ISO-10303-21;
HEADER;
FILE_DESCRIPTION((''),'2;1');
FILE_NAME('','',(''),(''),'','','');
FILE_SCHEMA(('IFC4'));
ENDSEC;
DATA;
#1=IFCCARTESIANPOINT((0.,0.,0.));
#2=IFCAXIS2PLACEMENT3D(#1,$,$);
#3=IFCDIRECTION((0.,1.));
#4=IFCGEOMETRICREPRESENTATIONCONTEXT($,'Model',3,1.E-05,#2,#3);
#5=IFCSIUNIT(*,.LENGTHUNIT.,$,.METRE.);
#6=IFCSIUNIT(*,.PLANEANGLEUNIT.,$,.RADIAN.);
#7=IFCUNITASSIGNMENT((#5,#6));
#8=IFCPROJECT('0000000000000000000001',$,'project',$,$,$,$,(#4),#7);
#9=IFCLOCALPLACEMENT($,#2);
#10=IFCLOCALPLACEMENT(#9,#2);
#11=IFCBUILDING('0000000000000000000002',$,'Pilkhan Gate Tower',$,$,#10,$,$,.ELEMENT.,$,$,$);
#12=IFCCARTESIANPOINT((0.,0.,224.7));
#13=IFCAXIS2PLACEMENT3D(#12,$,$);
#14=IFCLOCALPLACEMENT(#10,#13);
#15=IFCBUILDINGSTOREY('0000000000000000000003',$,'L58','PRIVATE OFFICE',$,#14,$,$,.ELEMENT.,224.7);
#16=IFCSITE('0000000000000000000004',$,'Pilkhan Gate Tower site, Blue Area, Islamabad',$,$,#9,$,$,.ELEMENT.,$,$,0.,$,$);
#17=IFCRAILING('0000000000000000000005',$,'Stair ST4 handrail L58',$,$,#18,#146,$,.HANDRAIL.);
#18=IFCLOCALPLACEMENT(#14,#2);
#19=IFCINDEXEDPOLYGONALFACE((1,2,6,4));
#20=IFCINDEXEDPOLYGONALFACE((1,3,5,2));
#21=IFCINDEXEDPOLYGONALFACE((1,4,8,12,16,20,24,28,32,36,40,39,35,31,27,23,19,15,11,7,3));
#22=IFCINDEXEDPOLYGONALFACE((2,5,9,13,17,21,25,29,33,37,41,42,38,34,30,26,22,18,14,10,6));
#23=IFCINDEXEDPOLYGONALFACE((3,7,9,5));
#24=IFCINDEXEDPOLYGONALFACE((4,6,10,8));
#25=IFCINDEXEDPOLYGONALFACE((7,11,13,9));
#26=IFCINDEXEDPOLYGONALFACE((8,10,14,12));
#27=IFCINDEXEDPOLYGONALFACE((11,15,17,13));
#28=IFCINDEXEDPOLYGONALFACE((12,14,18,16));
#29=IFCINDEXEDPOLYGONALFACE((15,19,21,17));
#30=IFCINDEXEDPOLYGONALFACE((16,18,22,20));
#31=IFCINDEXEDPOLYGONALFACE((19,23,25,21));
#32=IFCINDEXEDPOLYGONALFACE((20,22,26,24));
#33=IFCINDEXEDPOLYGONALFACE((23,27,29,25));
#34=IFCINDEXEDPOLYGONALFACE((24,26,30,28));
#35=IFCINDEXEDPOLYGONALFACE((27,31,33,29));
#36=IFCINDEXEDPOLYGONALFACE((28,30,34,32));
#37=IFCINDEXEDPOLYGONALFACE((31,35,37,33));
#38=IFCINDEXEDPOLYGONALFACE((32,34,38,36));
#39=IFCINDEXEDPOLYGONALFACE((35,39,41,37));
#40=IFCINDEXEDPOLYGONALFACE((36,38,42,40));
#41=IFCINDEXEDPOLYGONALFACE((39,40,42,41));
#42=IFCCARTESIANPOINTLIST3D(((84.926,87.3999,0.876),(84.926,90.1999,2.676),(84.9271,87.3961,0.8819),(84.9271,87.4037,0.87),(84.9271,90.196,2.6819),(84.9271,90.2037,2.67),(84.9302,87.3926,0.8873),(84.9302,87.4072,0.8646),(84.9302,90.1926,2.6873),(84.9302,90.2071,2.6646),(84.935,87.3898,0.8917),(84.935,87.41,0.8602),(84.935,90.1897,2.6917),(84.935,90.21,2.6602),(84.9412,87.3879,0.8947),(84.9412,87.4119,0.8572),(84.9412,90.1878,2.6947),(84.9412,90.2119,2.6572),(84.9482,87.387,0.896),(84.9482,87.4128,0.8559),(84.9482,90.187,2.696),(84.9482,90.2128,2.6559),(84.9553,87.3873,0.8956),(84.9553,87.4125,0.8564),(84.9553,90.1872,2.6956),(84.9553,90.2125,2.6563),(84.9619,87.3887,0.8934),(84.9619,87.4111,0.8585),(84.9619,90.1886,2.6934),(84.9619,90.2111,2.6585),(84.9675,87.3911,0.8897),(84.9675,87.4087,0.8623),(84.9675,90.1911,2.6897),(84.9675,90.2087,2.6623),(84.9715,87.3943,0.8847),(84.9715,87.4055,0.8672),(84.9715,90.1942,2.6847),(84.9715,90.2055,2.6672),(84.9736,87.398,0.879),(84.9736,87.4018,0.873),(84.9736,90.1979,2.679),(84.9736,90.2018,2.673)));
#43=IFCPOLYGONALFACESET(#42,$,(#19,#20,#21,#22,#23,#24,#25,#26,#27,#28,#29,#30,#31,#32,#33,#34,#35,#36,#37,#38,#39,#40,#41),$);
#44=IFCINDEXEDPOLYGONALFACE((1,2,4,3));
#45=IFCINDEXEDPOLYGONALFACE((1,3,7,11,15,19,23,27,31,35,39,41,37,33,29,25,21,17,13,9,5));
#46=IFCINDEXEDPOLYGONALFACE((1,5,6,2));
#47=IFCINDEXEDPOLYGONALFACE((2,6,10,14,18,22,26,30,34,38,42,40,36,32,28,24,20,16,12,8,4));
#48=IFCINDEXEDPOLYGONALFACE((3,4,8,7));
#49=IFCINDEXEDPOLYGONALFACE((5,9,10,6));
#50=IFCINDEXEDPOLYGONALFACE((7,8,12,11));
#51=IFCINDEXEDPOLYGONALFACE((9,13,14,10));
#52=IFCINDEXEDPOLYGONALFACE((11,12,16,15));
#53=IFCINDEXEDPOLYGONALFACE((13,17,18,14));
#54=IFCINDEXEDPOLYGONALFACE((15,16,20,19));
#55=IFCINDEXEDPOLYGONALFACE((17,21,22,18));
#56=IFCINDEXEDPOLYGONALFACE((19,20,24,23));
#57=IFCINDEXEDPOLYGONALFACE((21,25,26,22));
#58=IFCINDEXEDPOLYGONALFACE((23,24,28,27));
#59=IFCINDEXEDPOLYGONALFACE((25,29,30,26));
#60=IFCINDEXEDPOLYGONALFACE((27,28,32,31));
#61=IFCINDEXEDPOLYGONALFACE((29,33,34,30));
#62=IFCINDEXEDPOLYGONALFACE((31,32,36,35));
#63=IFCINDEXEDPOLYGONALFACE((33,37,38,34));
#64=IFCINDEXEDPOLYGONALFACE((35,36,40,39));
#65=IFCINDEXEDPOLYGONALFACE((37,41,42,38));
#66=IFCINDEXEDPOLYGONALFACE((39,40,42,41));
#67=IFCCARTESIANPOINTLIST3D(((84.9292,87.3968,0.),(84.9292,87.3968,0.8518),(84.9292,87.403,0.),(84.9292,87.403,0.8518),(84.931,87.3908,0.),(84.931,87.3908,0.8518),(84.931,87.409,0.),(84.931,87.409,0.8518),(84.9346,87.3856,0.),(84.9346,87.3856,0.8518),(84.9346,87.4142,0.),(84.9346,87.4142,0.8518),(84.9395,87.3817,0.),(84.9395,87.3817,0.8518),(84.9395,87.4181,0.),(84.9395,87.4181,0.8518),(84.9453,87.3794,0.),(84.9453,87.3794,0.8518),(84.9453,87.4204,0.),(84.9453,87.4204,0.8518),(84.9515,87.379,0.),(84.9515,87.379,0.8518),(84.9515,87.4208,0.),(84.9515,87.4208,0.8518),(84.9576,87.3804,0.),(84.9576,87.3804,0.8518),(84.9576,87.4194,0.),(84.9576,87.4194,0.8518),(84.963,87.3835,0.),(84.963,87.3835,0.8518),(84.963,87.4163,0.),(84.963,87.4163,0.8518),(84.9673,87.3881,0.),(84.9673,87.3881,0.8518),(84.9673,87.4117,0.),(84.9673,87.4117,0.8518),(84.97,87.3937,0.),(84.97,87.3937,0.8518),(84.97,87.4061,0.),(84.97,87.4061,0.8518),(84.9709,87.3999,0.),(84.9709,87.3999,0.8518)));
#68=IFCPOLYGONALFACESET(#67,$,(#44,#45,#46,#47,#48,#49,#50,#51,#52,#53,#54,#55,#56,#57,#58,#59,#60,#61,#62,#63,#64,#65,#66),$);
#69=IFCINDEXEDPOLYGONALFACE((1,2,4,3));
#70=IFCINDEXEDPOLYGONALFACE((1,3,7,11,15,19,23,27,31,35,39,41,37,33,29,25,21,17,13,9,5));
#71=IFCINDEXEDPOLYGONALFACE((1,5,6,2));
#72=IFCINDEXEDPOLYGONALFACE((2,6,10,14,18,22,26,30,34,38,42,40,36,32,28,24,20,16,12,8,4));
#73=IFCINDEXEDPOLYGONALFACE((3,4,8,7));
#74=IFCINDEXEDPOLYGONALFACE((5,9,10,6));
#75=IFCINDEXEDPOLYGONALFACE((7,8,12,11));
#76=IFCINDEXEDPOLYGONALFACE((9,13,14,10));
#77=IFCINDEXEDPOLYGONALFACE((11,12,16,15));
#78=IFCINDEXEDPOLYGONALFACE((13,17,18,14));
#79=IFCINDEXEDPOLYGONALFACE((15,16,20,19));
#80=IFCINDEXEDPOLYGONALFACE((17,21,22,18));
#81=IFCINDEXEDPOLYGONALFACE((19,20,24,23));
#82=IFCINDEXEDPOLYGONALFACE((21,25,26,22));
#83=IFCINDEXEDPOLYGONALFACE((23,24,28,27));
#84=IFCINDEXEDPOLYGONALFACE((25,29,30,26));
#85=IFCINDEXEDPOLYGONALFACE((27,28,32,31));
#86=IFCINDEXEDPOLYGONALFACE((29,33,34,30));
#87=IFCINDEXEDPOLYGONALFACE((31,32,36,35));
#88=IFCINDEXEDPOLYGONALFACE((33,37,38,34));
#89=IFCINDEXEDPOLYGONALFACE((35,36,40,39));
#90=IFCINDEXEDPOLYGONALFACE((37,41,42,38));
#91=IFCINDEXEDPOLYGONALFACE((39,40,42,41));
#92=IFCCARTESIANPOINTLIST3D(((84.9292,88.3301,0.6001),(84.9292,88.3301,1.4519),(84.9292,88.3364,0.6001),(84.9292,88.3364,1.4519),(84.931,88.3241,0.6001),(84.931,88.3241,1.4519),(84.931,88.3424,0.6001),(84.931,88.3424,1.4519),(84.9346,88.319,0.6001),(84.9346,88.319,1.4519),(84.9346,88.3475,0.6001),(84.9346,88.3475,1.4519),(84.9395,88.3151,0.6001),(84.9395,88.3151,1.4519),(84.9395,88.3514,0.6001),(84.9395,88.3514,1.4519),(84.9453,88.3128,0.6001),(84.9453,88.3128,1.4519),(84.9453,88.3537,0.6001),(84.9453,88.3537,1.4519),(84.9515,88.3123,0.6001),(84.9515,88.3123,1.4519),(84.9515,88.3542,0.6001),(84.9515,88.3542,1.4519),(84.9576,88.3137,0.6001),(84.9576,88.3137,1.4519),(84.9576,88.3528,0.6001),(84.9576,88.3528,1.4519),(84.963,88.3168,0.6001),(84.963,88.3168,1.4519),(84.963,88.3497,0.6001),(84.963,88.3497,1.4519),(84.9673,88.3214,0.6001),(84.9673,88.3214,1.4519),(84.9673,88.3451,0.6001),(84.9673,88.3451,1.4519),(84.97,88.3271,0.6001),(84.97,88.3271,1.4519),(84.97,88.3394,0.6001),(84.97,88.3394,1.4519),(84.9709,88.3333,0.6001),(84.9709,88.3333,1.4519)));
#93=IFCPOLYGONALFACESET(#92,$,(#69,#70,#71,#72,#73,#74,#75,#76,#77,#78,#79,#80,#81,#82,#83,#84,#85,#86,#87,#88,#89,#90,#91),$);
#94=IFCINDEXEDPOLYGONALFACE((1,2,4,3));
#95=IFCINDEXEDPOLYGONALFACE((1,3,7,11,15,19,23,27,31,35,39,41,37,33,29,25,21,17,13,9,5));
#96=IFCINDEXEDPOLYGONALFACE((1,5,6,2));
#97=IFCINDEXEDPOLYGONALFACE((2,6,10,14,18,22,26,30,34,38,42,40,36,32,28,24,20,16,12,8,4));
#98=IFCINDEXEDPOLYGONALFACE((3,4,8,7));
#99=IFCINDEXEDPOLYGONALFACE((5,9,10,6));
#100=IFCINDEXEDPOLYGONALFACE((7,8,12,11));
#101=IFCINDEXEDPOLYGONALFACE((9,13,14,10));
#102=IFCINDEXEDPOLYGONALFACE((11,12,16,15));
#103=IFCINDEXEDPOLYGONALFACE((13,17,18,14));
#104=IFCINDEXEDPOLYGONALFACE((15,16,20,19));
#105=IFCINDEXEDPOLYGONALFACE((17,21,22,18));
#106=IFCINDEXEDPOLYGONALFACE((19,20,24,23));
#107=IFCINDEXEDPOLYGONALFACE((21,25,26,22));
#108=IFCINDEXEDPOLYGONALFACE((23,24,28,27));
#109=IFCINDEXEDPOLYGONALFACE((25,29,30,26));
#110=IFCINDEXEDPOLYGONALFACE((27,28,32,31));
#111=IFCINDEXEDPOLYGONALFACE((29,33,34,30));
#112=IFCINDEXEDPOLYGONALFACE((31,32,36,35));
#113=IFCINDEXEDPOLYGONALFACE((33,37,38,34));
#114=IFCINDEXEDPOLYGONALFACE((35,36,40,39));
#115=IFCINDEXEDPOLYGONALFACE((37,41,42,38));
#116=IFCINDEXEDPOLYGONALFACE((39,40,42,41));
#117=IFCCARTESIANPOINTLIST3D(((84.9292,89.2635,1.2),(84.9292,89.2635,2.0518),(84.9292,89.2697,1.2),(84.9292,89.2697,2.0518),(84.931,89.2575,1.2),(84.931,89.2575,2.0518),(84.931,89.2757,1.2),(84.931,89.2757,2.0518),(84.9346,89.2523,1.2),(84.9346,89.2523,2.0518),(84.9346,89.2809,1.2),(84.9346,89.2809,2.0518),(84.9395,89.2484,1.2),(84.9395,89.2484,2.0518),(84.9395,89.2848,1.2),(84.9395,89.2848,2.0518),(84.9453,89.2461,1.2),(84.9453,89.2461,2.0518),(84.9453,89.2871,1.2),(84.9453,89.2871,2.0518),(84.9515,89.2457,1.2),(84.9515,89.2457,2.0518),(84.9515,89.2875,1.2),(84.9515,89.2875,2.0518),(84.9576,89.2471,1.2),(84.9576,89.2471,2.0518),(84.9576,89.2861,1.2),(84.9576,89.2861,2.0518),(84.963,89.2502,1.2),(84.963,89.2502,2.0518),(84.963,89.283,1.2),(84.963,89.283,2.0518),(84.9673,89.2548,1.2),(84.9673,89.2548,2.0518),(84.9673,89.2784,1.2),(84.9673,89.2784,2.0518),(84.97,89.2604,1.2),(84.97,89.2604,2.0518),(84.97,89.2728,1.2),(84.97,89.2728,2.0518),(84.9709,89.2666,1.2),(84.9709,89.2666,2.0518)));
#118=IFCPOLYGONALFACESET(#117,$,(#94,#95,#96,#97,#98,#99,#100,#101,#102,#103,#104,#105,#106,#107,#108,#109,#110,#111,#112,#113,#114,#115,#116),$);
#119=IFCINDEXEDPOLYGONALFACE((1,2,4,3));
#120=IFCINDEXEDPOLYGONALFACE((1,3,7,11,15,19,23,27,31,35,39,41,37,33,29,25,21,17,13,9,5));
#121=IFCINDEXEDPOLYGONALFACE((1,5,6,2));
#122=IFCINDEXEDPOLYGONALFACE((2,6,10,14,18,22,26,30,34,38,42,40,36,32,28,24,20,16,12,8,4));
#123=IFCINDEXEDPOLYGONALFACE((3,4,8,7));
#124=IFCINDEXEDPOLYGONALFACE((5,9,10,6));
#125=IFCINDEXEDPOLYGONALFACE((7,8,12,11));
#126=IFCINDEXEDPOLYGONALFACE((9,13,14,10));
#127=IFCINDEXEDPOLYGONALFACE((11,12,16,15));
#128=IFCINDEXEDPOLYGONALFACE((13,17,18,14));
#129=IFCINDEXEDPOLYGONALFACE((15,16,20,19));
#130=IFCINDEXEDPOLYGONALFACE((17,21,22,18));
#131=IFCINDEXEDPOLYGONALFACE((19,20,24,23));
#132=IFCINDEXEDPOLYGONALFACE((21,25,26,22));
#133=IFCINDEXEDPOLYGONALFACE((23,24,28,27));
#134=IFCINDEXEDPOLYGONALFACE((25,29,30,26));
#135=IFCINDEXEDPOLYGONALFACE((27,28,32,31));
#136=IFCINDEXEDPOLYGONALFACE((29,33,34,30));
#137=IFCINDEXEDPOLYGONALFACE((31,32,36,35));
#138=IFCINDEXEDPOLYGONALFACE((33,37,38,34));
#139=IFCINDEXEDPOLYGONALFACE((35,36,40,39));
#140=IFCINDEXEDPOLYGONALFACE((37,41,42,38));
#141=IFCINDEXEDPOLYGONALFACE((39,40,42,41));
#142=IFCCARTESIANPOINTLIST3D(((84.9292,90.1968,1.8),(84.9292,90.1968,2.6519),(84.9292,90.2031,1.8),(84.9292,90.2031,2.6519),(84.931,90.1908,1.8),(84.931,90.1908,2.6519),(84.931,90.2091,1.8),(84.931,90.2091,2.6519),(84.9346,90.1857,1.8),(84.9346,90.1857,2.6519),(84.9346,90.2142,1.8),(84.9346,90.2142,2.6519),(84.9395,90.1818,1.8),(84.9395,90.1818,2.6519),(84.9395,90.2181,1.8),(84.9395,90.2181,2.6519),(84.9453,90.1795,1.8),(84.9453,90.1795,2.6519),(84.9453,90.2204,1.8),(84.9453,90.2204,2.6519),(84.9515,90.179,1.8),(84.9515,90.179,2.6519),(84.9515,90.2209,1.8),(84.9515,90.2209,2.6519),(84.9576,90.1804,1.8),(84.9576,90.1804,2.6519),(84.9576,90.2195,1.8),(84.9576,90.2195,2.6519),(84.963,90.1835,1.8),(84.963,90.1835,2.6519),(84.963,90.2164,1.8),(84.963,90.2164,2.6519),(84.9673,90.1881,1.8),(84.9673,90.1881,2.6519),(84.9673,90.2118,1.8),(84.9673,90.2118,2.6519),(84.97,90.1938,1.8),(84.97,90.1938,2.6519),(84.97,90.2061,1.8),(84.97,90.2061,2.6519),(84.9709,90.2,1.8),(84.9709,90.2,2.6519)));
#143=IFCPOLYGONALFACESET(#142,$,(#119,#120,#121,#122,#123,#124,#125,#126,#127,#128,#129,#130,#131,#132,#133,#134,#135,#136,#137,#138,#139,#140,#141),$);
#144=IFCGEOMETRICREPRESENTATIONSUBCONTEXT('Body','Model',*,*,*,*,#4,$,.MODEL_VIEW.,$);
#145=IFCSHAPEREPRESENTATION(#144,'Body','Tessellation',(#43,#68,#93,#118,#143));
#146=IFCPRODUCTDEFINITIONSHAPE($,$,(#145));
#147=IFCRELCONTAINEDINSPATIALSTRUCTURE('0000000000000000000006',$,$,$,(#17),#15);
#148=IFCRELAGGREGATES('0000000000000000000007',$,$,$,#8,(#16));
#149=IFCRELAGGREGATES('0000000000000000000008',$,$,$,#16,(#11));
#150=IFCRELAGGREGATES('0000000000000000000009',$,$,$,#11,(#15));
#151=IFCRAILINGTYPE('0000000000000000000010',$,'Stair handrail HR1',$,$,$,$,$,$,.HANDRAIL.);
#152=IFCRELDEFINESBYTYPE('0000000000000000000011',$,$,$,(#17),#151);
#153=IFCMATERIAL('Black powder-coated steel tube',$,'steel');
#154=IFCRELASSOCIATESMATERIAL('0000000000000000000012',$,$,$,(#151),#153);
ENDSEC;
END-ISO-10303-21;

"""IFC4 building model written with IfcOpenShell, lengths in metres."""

from ifc_helpers import new_model, si_unit, direction, frame, origin, origin_2d, place, context, subcontext, project, spatial, circle, extrude, material, type_object, element, save


model = new_model("IFC4")

# Units and contexts
model_context = context("Model", 3, precision=1e-05, world=origin(), true_north=direction((0.0, 1.0)))
body_context = subcontext(model_context, "Body", "Model", "MODEL_VIEW")
ifc_project = project(units=[si_unit("LENGTHUNIT", "METRE"), si_unit("PLANEANGLEUNIT", "RADIAN")], contexts=[model_context])

# Site, building, storey
site_placement = place(None, origin())
site = spatial("IfcSite", under=ifc_project, at=site_placement, Name="Pilkhan Gate Tower site, Blue Area, Islamabad", CompositionType="ELEMENT", RefElevation=0.0)
building_placement = place(site_placement, origin())
building = spatial("IfcBuilding", under=site, at=building_placement, Name="Pilkhan Gate Tower", CompositionType="ELEMENT")
storey_placement = place(building_placement, frame((0.0, 0.0, 224.7)))
storey = spatial("IfcBuildingStorey", under=building, at=storey_placement, Name="L58", Description="PRIVATE OFFICE", CompositionType="ELEMENT", Elevation=224.7)

# Railing
ifc_material_1 = material(Name="Black powder-coated steel tube", Category="steel")
railing_type_1 = type_object("IfcRailingType", Name="Stair handrail HR1", PredefinedType="HANDRAIL", material=ifc_material_1)
railing_1_placement = place(storey_placement, frame((84.95, 87.3999, 0.0)))
element("IfcRailing", 1, at=railing_1_placement, inside=storey, type_object=railing_type_1, Name="Stair ST4 handrail L58", PredefinedType="HANDRAIL", context=body_context, shape_type="SweptSolid", body=[
    extrude(circle(Radius=0.0239, at=origin_2d()), frame((0.0, 0.0, 0.876), z_axis=(0.0, 0.841176, 0.540761), x_axis=(-1.0, 0.0, 0.0)), (0.0, 0.0, 1.0), 3.3286),
    extrude(circle(Radius=0.021, at=origin_2d()), origin(), (0.0, 0.0, 1.0), 0.8518),
    extrude(circle(Radius=0.021, at=origin_2d()), frame((0.0, 0.9333, 0.6001)), (0.0, 0.0, 1.0), 0.8518),
    extrude(circle(Radius=0.021, at=origin_2d()), frame((0.0, 1.8667, 1.2)), (0.0, 0.0, 1.0), 0.8518),
    extrude(circle(Radius=0.021, at=origin_2d()), frame((0.0, 2.8, 1.8)), (0.0, 0.0, 1.0), 0.8518),
])

save(model, "model.ifc")
